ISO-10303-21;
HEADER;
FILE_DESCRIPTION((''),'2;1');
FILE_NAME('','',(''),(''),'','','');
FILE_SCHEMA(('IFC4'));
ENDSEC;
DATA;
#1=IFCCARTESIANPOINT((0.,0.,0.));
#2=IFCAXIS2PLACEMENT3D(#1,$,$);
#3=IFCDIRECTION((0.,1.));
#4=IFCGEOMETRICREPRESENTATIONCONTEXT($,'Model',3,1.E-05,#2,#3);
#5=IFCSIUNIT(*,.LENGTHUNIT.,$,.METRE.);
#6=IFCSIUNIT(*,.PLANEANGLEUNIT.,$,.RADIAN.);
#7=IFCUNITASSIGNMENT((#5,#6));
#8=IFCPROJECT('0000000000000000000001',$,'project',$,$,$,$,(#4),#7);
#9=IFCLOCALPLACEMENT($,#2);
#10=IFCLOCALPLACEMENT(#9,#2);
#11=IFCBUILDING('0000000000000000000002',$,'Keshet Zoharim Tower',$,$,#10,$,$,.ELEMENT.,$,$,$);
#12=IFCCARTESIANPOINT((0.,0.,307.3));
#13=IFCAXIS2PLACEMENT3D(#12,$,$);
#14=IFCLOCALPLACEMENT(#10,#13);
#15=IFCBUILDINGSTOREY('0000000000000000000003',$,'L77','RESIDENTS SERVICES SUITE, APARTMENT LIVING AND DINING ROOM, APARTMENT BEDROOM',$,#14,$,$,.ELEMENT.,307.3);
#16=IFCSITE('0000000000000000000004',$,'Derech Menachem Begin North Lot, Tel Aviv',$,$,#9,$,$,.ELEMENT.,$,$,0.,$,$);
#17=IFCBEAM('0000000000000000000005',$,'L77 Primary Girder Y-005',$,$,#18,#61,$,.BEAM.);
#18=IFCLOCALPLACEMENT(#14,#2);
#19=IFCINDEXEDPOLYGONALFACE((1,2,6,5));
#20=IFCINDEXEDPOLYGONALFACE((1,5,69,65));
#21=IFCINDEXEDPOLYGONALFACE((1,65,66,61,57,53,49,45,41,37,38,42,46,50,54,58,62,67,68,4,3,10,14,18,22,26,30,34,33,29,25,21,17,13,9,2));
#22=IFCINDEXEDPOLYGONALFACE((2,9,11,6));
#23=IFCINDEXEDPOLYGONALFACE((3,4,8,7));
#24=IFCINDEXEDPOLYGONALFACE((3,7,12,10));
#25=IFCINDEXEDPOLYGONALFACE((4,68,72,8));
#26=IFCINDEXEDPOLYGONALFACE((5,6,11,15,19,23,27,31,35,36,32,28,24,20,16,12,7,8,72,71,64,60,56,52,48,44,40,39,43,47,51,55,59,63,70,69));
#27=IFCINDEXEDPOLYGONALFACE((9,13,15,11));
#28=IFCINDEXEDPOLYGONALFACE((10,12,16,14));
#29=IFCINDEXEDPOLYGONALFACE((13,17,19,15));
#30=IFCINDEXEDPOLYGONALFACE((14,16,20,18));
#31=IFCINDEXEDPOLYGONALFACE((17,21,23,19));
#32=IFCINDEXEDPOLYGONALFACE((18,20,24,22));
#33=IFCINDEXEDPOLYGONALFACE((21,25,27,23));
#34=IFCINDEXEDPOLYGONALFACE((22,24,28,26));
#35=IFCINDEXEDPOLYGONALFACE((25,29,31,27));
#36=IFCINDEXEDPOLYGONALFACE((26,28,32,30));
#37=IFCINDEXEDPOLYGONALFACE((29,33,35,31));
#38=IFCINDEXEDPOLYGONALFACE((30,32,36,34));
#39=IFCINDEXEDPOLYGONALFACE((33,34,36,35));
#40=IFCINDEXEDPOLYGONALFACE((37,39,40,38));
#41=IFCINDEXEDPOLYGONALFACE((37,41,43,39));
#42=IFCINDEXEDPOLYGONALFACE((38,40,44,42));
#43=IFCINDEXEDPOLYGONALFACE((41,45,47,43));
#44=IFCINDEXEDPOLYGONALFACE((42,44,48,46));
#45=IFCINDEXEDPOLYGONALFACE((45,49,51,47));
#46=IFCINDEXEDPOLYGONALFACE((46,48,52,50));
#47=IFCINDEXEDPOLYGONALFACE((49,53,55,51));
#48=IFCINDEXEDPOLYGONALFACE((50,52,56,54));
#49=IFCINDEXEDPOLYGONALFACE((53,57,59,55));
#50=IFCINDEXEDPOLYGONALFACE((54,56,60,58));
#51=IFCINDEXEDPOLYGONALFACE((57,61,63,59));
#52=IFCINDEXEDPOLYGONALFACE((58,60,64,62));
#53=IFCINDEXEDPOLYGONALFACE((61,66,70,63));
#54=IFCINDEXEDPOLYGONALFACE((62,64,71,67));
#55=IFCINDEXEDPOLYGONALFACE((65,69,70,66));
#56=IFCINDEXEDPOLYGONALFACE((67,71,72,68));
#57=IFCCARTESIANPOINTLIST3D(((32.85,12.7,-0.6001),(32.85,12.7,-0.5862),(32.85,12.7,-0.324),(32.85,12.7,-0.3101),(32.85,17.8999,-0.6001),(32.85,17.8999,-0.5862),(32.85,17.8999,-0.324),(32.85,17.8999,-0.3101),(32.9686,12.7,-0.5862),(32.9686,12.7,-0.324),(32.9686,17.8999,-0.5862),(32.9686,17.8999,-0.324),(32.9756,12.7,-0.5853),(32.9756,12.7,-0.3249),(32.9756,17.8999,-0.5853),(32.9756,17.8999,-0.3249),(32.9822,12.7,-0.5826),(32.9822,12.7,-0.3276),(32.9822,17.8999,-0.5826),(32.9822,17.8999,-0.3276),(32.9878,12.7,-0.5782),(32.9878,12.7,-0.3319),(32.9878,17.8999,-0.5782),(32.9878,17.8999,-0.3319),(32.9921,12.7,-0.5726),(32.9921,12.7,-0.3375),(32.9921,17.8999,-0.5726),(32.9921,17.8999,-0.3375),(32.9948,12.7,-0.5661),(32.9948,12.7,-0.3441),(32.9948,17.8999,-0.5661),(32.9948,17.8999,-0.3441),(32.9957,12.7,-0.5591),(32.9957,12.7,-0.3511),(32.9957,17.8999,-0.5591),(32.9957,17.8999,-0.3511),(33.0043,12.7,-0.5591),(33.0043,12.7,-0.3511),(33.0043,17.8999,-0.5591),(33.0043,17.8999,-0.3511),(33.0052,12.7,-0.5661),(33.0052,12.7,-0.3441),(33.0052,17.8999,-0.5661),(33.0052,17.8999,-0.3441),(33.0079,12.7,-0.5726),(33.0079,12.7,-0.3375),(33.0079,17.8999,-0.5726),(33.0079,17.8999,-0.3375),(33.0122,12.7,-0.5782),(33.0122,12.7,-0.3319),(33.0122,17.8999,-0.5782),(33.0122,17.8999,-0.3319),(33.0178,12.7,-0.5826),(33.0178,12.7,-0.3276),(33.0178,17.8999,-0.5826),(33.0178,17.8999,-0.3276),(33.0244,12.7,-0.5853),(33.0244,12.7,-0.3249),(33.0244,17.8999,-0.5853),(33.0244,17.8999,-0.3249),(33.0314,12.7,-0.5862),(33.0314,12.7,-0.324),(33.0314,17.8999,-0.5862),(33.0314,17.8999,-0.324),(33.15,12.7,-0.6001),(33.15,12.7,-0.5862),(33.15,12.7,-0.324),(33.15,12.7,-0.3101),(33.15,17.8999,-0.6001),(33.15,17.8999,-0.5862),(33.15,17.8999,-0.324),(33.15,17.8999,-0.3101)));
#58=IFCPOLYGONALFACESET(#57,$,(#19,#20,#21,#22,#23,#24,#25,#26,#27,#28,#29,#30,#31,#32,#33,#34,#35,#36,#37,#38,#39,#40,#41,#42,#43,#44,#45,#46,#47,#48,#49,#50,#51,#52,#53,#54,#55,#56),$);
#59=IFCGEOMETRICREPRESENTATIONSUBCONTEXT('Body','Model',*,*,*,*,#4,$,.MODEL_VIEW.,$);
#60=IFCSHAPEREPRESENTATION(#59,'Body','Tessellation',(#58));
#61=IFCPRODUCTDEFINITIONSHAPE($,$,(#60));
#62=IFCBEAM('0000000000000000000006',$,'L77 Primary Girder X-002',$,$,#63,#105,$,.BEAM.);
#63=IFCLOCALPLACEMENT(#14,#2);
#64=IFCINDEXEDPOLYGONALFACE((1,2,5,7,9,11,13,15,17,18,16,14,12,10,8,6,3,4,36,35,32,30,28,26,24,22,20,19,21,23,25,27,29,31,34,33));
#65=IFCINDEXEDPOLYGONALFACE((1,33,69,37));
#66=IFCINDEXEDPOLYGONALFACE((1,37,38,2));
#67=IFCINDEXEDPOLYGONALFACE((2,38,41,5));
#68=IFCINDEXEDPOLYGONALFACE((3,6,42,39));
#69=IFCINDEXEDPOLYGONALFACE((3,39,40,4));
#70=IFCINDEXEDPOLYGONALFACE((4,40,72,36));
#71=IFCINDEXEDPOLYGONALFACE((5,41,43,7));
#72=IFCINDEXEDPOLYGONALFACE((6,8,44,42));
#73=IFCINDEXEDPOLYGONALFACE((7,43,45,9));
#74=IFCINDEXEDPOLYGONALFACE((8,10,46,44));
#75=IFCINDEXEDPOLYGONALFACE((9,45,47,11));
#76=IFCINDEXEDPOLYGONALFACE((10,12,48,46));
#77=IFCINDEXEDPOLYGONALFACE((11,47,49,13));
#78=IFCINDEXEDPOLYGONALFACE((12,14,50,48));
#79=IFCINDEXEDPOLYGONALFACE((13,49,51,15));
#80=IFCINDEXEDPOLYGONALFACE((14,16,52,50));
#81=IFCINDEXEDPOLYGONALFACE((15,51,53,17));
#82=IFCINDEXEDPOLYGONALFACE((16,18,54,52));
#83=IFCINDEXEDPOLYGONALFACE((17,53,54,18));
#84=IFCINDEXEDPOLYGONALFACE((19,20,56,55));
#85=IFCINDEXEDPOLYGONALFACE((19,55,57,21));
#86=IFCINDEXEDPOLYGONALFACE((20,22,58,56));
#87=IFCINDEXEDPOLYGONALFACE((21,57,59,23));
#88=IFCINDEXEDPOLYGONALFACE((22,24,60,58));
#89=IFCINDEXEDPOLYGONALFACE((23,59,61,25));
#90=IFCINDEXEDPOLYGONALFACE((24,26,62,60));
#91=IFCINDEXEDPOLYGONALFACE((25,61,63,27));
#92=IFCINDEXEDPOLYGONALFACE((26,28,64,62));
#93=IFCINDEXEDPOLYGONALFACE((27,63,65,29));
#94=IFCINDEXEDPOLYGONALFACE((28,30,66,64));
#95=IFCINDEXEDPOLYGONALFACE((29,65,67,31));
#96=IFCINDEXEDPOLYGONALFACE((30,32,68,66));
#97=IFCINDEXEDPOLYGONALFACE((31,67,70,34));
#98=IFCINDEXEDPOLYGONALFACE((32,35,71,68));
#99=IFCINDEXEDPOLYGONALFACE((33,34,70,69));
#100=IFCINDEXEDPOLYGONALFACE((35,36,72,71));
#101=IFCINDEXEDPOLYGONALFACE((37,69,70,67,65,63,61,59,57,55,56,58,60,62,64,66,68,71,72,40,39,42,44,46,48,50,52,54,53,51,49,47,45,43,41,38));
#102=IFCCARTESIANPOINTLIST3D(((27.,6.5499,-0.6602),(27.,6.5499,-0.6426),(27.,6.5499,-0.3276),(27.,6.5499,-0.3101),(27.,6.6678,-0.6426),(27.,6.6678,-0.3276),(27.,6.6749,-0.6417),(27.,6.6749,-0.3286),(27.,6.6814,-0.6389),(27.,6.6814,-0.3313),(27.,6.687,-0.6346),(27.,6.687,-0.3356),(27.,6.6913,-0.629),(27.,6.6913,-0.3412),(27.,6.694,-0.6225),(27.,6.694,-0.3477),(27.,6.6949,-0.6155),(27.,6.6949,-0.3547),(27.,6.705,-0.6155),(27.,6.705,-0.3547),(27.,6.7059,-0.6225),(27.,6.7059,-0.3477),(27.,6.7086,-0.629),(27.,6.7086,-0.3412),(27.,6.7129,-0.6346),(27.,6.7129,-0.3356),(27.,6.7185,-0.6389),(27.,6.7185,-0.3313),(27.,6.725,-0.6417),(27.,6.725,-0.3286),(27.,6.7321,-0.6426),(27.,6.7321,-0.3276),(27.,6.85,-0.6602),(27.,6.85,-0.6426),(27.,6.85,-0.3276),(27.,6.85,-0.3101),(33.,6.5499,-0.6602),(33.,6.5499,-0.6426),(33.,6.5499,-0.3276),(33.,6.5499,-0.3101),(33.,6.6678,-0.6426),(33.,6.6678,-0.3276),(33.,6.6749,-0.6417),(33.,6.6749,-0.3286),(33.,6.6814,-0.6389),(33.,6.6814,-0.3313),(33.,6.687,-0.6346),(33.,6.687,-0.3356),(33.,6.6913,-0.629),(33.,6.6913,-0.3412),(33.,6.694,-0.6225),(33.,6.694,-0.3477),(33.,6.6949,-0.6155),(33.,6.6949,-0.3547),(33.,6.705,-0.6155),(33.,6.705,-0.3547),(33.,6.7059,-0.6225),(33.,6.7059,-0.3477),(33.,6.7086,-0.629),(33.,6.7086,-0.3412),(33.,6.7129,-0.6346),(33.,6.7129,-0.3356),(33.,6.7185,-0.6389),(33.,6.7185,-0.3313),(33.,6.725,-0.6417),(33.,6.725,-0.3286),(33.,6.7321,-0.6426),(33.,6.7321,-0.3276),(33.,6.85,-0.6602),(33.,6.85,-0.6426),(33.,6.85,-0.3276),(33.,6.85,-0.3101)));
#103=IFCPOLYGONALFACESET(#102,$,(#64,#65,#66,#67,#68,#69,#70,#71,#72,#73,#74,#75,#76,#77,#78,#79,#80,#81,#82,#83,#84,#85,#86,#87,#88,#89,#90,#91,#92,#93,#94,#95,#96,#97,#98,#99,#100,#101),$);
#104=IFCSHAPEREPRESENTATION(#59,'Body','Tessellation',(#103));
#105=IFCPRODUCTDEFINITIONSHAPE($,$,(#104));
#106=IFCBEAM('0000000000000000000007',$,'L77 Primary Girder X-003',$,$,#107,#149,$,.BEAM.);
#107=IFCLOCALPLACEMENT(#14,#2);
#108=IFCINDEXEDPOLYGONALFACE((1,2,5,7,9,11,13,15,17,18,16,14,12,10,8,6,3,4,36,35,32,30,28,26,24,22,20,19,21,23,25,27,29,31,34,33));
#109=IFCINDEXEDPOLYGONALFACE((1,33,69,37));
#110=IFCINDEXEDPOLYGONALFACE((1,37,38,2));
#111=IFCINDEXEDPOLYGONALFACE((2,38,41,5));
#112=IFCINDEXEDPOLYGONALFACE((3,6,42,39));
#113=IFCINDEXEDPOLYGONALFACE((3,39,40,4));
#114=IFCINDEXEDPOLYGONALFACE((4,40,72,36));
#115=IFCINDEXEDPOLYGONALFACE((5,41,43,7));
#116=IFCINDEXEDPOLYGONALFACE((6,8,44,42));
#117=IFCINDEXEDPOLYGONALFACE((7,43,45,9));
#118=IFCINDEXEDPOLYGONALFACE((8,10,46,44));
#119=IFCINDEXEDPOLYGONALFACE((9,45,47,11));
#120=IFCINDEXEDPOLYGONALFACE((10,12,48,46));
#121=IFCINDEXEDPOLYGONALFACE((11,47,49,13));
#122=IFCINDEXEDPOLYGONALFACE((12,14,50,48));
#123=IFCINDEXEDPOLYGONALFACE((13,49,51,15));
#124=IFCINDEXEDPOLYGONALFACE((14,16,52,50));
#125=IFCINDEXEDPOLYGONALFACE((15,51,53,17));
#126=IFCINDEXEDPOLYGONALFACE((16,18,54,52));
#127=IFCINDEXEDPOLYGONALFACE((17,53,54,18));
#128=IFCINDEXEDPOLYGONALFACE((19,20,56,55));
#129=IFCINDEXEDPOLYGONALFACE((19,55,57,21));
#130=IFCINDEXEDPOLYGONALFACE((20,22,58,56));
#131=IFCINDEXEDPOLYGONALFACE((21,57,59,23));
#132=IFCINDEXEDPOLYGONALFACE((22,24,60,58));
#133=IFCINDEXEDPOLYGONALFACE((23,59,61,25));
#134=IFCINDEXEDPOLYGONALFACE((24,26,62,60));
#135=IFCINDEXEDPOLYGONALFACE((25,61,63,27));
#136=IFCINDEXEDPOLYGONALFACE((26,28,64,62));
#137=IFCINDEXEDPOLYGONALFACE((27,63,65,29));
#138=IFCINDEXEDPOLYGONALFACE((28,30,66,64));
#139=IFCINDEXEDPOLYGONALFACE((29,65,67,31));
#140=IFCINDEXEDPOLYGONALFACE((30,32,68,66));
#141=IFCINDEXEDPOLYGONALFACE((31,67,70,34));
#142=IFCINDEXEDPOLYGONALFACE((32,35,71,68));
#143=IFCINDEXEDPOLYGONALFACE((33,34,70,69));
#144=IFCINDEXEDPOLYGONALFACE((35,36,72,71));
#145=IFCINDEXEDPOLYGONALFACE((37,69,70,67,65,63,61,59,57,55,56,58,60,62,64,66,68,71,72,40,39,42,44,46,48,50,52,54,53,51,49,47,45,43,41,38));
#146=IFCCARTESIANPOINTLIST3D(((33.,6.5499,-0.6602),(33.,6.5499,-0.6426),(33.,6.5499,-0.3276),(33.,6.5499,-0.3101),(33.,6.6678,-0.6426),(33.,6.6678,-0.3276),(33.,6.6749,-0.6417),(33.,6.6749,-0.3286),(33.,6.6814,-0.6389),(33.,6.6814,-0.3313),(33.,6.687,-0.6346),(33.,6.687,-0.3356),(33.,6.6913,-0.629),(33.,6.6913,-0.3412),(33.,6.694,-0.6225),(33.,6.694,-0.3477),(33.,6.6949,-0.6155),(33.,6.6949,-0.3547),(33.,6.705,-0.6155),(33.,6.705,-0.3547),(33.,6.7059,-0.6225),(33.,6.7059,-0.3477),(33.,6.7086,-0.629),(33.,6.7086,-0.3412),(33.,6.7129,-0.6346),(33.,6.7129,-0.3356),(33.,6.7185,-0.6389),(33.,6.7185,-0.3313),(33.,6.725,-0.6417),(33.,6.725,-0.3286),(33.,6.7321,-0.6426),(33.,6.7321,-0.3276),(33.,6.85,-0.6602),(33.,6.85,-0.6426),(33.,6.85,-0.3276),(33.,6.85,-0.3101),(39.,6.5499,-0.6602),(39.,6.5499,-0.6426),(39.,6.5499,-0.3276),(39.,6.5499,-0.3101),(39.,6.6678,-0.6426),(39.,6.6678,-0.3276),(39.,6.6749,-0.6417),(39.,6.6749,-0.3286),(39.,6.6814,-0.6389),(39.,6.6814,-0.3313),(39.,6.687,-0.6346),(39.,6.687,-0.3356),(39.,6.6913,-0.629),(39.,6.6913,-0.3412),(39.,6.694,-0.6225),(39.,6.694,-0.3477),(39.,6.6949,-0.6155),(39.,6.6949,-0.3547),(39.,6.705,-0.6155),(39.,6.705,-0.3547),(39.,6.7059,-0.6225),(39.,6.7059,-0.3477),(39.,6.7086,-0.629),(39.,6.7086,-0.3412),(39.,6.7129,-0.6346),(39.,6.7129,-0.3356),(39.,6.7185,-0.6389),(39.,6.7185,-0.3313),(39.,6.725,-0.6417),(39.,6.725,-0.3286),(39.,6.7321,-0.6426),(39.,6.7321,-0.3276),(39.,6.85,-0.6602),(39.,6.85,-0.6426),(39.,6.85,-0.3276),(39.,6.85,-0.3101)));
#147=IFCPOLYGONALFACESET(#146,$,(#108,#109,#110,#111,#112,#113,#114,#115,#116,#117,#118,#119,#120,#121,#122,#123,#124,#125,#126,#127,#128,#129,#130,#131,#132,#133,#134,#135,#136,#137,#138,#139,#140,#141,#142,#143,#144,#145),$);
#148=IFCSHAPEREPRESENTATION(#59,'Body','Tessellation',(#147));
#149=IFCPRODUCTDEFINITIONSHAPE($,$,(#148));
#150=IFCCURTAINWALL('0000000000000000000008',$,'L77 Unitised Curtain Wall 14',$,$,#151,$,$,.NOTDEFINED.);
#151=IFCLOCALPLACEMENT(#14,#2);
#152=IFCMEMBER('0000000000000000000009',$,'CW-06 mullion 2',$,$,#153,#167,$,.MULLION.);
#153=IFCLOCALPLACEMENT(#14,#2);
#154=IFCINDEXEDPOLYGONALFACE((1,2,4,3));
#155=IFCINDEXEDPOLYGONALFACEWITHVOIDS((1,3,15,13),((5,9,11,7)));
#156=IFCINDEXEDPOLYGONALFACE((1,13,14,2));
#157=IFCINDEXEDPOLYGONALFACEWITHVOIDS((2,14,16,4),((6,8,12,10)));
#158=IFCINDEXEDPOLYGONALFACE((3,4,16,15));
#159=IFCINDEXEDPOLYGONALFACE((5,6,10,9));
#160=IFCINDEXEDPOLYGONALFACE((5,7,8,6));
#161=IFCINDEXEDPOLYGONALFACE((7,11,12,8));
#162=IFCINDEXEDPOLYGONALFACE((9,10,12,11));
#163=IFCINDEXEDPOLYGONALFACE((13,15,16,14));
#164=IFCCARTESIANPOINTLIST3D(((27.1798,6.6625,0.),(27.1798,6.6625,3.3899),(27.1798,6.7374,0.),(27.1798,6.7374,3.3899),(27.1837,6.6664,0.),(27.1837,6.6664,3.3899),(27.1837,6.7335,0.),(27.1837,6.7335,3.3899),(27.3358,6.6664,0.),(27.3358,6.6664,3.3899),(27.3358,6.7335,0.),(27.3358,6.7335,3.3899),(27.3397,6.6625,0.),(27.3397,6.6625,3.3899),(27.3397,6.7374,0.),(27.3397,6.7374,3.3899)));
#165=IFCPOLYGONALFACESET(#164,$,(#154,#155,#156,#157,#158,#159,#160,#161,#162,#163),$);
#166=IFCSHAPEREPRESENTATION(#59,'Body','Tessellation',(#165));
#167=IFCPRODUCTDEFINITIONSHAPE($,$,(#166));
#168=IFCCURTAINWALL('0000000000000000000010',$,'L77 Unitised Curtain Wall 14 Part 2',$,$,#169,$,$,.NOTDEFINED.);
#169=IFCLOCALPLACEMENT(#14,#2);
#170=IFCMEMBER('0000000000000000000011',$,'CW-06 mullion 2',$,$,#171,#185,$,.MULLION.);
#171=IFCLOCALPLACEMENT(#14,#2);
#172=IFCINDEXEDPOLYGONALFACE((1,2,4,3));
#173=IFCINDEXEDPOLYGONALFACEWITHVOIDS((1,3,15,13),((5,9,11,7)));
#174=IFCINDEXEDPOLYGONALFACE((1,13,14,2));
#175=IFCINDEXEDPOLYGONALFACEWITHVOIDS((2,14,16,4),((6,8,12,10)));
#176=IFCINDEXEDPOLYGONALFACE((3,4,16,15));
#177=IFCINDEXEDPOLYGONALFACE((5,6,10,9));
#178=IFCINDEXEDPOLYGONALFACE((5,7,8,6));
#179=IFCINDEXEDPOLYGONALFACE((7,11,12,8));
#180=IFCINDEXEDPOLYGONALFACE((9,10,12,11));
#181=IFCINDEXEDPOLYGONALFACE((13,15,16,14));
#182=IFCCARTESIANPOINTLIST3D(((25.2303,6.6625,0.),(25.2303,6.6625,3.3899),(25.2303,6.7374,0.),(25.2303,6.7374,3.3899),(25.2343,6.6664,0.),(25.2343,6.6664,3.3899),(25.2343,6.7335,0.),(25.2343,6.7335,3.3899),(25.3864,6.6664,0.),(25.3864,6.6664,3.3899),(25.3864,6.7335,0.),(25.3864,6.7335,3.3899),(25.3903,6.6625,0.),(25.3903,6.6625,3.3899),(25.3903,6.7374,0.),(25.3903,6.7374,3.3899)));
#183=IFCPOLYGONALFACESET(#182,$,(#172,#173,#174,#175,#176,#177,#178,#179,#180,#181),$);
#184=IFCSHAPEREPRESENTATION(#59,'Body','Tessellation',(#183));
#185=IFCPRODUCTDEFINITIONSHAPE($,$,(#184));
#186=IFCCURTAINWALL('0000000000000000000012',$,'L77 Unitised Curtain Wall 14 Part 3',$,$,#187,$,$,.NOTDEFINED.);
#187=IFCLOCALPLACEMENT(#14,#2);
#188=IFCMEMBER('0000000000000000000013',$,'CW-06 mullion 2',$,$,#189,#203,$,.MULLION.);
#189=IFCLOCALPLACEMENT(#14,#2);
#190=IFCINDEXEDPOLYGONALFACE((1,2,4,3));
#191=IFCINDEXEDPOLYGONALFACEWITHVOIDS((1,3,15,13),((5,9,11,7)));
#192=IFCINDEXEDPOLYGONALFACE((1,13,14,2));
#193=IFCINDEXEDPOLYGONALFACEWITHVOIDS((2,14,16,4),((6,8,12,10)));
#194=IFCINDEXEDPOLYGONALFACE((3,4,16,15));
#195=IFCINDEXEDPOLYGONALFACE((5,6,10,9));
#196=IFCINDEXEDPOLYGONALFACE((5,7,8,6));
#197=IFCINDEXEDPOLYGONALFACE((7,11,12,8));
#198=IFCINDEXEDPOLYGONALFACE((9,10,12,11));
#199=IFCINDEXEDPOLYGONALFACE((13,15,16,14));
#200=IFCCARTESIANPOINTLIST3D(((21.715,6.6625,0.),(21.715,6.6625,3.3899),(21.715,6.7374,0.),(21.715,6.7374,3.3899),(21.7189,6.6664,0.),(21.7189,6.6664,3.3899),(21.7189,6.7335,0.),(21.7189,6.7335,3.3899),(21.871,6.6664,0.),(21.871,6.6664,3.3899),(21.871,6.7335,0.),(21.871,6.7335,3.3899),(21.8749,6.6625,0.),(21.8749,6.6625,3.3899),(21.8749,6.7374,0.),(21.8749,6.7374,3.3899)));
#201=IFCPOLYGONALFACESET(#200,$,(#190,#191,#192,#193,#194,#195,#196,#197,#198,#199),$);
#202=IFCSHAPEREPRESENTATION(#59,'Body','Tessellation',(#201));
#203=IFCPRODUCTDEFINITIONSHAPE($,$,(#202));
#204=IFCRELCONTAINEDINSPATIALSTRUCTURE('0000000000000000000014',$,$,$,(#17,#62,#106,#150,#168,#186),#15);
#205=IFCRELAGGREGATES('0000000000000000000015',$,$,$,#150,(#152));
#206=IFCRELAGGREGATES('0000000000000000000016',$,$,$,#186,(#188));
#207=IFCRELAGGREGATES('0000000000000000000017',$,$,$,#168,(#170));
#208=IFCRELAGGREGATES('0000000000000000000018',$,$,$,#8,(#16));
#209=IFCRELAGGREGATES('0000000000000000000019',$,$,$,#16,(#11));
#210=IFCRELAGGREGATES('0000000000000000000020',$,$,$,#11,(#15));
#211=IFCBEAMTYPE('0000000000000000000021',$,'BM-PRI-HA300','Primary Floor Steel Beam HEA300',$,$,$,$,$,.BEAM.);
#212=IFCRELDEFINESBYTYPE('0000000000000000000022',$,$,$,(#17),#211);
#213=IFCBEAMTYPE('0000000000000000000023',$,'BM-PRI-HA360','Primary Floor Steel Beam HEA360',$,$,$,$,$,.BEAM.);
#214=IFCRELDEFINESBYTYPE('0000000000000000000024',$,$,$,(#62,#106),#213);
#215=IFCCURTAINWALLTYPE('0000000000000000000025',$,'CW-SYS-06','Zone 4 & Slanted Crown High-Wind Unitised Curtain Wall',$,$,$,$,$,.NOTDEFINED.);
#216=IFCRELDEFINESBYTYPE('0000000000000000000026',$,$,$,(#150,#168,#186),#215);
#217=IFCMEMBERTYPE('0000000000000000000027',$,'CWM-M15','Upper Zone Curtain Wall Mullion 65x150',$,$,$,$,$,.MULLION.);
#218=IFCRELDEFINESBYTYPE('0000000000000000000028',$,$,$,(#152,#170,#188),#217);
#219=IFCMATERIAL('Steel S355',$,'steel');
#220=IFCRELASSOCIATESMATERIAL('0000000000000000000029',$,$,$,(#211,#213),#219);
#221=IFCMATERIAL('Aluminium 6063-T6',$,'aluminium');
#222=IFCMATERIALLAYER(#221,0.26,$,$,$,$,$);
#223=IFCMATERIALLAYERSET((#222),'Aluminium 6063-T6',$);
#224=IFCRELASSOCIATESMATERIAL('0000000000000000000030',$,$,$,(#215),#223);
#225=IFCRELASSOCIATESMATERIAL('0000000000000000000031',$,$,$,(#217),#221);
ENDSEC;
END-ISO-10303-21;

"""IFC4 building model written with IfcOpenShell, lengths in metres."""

from ifc_helpers import new_model, si_unit, direction, frame, origin, origin_2d, place, context, subcontext, project, spatial, hollow_rectangle, i_section, extrude, material, layer, layer_set, material_profile, profile_set, type_object, element, aggregate, save


model = new_model("IFC4")

# Units and contexts
model_context = context("Model", 3, precision=1e-05, world=origin(), true_north=direction((0.0, 1.0)))
body_context = subcontext(model_context, "Body", "Model", "MODEL_VIEW")
ifc_project = project(units=[si_unit("LENGTHUNIT", "METRE"), si_unit("PLANEANGLEUNIT", "RADIAN")], contexts=[model_context])

# Site, building, storey
site_placement = place(None, origin())
site = spatial("IfcSite", under=ifc_project, at=site_placement, Name="Derech Menachem Begin North Lot, Tel Aviv", CompositionType="ELEMENT", RefElevation=0.0)
building_placement = place(site_placement, origin())
building = spatial("IfcBuilding", under=site, at=building_placement, Name="Keshet Zoharim Tower", CompositionType="ELEMENT")
storey_placement = place(building_placement, frame((0.0, 0.0, 307.3)))
storey = spatial("IfcBuildingStorey", under=building, at=storey_placement, Name="L77", Description="RESIDENTS SERVICES SUITE, APARTMENT LIVING AND DINING ROOM, APARTMENT BEDROOM", CompositionType="ELEMENT", Elevation=307.3)

# Shared definitions
ifc_material_1 = material(Name="Steel S355", Category="steel")

# Beams
ifc_material_profile_1 = material_profile(ifc_material_1, i_section(OverallWidth=0.3, OverallDepth=0.29, WebThickness=0.0085, FlangeThickness=0.0139, FilletRadius=0.0271, at=origin_2d()), Name="HEA300")
ifc_profile_set_1 = profile_set([ifc_material_profile_1], Name="Steel S355")
beam_type_1 = type_object("IfcBeamType", Name="BM-PRI-HA300", Description="Primary Floor Steel Beam HEA300", PredefinedType="BEAM", material=ifc_profile_set_1)
beam_1_placement = place(storey_placement, frame((33.0, 12.7, -0.4551), z_axis=(0.0, 1.0, 0.0), x_axis=(-1.0, 0.0, 0.0)))
element("IfcBeam", 1, at=beam_1_placement, inside=storey, type_object=beam_type_1, Name="L77 Primary Girder Y-005", PredefinedType="BEAM", context=body_context, shape_type="SweptSolid", body=[
    extrude(i_section(OverallWidth=0.3, OverallDepth=0.29, WebThickness=0.0085, FlangeThickness=0.0139, FilletRadius=0.0271, at=origin_2d()), origin(), (0.0, 0.0, 1.0), 5.2),
])
ifc_material_profile_2 = material_profile(ifc_material_1, i_section(OverallWidth=0.3, OverallDepth=0.3501, WebThickness=0.01, FlangeThickness=0.0176, FilletRadius=0.0271, at=origin_2d()), Name="HEA360")
ifc_profile_set_2 = profile_set([ifc_material_profile_2], Name="Steel S355")
beam_type_2 = type_object("IfcBeamType", Name="BM-PRI-HA360", Description="Primary Floor Steel Beam HEA360", PredefinedType="BEAM", material=ifc_profile_set_2)
for number, where, z_axis, x_axis, name in (
    (2, (27.0, 6.7, -0.4851), (1.0, 0.0, 0.0), (0.0, 1.0, 0.0), "L77 Primary Girder X-002"),
    (3, (33.0, 6.7, -0.4851), (1.0, 0.0, 0.0), (0.0, 1.0, 0.0), "L77 Primary Girder X-003"),
):
    element("IfcBeam", number, at=place(storey_placement, frame(where, z_axis=z_axis, x_axis=x_axis)), inside=storey, type_object=beam_type_2, Name=name, PredefinedType="BEAM", context=body_context, shape_type="SweptSolid", body=[
        extrude(i_section(OverallWidth=0.3, OverallDepth=0.3501, WebThickness=0.01, FlangeThickness=0.0176, FilletRadius=0.0271, at=origin_2d()), origin(), (0.0, 0.0, 1.0), 6.0),
    ])

# Curtain walls, members
ifc_material_2 = material(Name="Aluminium 6063-T6", Category="aluminium")
ifc_layer_1 = layer(ifc_material_2, 0.26)
ifc_layer_set_1 = layer_set([ifc_layer_1], Name="Aluminium 6063-T6")
curtain_wall_type = type_object("IfcCurtainWallType", Name="CW-SYS-06", Description="Zone 4 & Slanted Crown High-Wind Unitised Curtain Wall", PredefinedType="NOTDEFINED", material=ifc_layer_set_1)
curtain_wall_1_placement = place(storey_placement, origin())
curtain_wall_1 = element("IfcCurtainWall", 4, at=curtain_wall_1_placement, inside=storey, type_object=curtain_wall_type, Name="L77 Unitised Curtain Wall 14", PredefinedType="NOTDEFINED")
ifc_material_profile_3 = material_profile(ifc_material_2, hollow_rectangle(XDim=0.075, YDim=0.1599, WallThickness=0.0039, at=origin_2d()), Name="MUL-75x160")
ifc_profile_set_3 = profile_set([ifc_material_profile_3], Name="Aluminium 6063-T6")
member_type_1 = type_object("IfcMemberType", Name="CWM-M15", Description="Upper Zone Curtain Wall Mullion 65x150", PredefinedType="MULLION", material=ifc_profile_set_3)
member_1_placement = place(storey_placement, frame((27.2598, 6.7, 0.0), z_axis=(0.0, 0.0, 1.0), x_axis=(0.0, -1.0, 0.0)))
member_1 = element("IfcMember", 5, at=member_1_placement, type_object=member_type_1, Name="CW-06 mullion 2", PredefinedType="MULLION", context=body_context, shape_type="SweptSolid", body=[
    extrude(hollow_rectangle(XDim=0.075, YDim=0.1599, WallThickness=0.0039, at=origin_2d()), origin(), (0.0, 0.0, 1.0), 3.3899),
])
aggregate(curtain_wall_1, [member_1])
curtain_wall_2_placement = place(storey_placement, origin())
curtain_wall_2 = element("IfcCurtainWall", 6, at=curtain_wall_2_placement, inside=storey, type_object=curtain_wall_type, Name="L77 Unitised Curtain Wall 14 Part 2", PredefinedType="NOTDEFINED")
member_2_placement = place(storey_placement, frame((25.3103, 6.7, 0.0), z_axis=(0.0, 0.0, 1.0), x_axis=(0.0, -1.0, 0.0)))
member_2 = element("IfcMember", 7, at=member_2_placement, type_object=member_type_1, Name="CW-06 mullion 2", PredefinedType="MULLION", context=body_context, shape_type="SweptSolid", body=[
    extrude(hollow_rectangle(XDim=0.075, YDim=0.1599, WallThickness=0.0039, at=origin_2d()), origin(), (0.0, 0.0, 1.0), 3.3899),
])
curtain_wall_3_placement = place(storey_placement, origin())
curtain_wall_3 = element("IfcCurtainWall", 8, at=curtain_wall_3_placement, inside=storey, type_object=curtain_wall_type, Name="L77 Unitised Curtain Wall 14 Part 3", PredefinedType="NOTDEFINED")
member_3_placement = place(storey_placement, frame((21.7949, 6.7, 0.0), z_axis=(0.0, 0.0, 1.0), x_axis=(0.0, -1.0, 0.0)))
member_3 = element("IfcMember", 9, at=member_3_placement, type_object=member_type_1, Name="CW-06 mullion 2", PredefinedType="MULLION", context=body_context, shape_type="SweptSolid", body=[
    extrude(hollow_rectangle(XDim=0.075, YDim=0.1599, WallThickness=0.0039, at=origin_2d()), origin(), (0.0, 0.0, 1.0), 3.3899),
])

aggregate(curtain_wall_3, [member_3])
aggregate(curtain_wall_2, [member_2])

save(model, "model.ifc")
